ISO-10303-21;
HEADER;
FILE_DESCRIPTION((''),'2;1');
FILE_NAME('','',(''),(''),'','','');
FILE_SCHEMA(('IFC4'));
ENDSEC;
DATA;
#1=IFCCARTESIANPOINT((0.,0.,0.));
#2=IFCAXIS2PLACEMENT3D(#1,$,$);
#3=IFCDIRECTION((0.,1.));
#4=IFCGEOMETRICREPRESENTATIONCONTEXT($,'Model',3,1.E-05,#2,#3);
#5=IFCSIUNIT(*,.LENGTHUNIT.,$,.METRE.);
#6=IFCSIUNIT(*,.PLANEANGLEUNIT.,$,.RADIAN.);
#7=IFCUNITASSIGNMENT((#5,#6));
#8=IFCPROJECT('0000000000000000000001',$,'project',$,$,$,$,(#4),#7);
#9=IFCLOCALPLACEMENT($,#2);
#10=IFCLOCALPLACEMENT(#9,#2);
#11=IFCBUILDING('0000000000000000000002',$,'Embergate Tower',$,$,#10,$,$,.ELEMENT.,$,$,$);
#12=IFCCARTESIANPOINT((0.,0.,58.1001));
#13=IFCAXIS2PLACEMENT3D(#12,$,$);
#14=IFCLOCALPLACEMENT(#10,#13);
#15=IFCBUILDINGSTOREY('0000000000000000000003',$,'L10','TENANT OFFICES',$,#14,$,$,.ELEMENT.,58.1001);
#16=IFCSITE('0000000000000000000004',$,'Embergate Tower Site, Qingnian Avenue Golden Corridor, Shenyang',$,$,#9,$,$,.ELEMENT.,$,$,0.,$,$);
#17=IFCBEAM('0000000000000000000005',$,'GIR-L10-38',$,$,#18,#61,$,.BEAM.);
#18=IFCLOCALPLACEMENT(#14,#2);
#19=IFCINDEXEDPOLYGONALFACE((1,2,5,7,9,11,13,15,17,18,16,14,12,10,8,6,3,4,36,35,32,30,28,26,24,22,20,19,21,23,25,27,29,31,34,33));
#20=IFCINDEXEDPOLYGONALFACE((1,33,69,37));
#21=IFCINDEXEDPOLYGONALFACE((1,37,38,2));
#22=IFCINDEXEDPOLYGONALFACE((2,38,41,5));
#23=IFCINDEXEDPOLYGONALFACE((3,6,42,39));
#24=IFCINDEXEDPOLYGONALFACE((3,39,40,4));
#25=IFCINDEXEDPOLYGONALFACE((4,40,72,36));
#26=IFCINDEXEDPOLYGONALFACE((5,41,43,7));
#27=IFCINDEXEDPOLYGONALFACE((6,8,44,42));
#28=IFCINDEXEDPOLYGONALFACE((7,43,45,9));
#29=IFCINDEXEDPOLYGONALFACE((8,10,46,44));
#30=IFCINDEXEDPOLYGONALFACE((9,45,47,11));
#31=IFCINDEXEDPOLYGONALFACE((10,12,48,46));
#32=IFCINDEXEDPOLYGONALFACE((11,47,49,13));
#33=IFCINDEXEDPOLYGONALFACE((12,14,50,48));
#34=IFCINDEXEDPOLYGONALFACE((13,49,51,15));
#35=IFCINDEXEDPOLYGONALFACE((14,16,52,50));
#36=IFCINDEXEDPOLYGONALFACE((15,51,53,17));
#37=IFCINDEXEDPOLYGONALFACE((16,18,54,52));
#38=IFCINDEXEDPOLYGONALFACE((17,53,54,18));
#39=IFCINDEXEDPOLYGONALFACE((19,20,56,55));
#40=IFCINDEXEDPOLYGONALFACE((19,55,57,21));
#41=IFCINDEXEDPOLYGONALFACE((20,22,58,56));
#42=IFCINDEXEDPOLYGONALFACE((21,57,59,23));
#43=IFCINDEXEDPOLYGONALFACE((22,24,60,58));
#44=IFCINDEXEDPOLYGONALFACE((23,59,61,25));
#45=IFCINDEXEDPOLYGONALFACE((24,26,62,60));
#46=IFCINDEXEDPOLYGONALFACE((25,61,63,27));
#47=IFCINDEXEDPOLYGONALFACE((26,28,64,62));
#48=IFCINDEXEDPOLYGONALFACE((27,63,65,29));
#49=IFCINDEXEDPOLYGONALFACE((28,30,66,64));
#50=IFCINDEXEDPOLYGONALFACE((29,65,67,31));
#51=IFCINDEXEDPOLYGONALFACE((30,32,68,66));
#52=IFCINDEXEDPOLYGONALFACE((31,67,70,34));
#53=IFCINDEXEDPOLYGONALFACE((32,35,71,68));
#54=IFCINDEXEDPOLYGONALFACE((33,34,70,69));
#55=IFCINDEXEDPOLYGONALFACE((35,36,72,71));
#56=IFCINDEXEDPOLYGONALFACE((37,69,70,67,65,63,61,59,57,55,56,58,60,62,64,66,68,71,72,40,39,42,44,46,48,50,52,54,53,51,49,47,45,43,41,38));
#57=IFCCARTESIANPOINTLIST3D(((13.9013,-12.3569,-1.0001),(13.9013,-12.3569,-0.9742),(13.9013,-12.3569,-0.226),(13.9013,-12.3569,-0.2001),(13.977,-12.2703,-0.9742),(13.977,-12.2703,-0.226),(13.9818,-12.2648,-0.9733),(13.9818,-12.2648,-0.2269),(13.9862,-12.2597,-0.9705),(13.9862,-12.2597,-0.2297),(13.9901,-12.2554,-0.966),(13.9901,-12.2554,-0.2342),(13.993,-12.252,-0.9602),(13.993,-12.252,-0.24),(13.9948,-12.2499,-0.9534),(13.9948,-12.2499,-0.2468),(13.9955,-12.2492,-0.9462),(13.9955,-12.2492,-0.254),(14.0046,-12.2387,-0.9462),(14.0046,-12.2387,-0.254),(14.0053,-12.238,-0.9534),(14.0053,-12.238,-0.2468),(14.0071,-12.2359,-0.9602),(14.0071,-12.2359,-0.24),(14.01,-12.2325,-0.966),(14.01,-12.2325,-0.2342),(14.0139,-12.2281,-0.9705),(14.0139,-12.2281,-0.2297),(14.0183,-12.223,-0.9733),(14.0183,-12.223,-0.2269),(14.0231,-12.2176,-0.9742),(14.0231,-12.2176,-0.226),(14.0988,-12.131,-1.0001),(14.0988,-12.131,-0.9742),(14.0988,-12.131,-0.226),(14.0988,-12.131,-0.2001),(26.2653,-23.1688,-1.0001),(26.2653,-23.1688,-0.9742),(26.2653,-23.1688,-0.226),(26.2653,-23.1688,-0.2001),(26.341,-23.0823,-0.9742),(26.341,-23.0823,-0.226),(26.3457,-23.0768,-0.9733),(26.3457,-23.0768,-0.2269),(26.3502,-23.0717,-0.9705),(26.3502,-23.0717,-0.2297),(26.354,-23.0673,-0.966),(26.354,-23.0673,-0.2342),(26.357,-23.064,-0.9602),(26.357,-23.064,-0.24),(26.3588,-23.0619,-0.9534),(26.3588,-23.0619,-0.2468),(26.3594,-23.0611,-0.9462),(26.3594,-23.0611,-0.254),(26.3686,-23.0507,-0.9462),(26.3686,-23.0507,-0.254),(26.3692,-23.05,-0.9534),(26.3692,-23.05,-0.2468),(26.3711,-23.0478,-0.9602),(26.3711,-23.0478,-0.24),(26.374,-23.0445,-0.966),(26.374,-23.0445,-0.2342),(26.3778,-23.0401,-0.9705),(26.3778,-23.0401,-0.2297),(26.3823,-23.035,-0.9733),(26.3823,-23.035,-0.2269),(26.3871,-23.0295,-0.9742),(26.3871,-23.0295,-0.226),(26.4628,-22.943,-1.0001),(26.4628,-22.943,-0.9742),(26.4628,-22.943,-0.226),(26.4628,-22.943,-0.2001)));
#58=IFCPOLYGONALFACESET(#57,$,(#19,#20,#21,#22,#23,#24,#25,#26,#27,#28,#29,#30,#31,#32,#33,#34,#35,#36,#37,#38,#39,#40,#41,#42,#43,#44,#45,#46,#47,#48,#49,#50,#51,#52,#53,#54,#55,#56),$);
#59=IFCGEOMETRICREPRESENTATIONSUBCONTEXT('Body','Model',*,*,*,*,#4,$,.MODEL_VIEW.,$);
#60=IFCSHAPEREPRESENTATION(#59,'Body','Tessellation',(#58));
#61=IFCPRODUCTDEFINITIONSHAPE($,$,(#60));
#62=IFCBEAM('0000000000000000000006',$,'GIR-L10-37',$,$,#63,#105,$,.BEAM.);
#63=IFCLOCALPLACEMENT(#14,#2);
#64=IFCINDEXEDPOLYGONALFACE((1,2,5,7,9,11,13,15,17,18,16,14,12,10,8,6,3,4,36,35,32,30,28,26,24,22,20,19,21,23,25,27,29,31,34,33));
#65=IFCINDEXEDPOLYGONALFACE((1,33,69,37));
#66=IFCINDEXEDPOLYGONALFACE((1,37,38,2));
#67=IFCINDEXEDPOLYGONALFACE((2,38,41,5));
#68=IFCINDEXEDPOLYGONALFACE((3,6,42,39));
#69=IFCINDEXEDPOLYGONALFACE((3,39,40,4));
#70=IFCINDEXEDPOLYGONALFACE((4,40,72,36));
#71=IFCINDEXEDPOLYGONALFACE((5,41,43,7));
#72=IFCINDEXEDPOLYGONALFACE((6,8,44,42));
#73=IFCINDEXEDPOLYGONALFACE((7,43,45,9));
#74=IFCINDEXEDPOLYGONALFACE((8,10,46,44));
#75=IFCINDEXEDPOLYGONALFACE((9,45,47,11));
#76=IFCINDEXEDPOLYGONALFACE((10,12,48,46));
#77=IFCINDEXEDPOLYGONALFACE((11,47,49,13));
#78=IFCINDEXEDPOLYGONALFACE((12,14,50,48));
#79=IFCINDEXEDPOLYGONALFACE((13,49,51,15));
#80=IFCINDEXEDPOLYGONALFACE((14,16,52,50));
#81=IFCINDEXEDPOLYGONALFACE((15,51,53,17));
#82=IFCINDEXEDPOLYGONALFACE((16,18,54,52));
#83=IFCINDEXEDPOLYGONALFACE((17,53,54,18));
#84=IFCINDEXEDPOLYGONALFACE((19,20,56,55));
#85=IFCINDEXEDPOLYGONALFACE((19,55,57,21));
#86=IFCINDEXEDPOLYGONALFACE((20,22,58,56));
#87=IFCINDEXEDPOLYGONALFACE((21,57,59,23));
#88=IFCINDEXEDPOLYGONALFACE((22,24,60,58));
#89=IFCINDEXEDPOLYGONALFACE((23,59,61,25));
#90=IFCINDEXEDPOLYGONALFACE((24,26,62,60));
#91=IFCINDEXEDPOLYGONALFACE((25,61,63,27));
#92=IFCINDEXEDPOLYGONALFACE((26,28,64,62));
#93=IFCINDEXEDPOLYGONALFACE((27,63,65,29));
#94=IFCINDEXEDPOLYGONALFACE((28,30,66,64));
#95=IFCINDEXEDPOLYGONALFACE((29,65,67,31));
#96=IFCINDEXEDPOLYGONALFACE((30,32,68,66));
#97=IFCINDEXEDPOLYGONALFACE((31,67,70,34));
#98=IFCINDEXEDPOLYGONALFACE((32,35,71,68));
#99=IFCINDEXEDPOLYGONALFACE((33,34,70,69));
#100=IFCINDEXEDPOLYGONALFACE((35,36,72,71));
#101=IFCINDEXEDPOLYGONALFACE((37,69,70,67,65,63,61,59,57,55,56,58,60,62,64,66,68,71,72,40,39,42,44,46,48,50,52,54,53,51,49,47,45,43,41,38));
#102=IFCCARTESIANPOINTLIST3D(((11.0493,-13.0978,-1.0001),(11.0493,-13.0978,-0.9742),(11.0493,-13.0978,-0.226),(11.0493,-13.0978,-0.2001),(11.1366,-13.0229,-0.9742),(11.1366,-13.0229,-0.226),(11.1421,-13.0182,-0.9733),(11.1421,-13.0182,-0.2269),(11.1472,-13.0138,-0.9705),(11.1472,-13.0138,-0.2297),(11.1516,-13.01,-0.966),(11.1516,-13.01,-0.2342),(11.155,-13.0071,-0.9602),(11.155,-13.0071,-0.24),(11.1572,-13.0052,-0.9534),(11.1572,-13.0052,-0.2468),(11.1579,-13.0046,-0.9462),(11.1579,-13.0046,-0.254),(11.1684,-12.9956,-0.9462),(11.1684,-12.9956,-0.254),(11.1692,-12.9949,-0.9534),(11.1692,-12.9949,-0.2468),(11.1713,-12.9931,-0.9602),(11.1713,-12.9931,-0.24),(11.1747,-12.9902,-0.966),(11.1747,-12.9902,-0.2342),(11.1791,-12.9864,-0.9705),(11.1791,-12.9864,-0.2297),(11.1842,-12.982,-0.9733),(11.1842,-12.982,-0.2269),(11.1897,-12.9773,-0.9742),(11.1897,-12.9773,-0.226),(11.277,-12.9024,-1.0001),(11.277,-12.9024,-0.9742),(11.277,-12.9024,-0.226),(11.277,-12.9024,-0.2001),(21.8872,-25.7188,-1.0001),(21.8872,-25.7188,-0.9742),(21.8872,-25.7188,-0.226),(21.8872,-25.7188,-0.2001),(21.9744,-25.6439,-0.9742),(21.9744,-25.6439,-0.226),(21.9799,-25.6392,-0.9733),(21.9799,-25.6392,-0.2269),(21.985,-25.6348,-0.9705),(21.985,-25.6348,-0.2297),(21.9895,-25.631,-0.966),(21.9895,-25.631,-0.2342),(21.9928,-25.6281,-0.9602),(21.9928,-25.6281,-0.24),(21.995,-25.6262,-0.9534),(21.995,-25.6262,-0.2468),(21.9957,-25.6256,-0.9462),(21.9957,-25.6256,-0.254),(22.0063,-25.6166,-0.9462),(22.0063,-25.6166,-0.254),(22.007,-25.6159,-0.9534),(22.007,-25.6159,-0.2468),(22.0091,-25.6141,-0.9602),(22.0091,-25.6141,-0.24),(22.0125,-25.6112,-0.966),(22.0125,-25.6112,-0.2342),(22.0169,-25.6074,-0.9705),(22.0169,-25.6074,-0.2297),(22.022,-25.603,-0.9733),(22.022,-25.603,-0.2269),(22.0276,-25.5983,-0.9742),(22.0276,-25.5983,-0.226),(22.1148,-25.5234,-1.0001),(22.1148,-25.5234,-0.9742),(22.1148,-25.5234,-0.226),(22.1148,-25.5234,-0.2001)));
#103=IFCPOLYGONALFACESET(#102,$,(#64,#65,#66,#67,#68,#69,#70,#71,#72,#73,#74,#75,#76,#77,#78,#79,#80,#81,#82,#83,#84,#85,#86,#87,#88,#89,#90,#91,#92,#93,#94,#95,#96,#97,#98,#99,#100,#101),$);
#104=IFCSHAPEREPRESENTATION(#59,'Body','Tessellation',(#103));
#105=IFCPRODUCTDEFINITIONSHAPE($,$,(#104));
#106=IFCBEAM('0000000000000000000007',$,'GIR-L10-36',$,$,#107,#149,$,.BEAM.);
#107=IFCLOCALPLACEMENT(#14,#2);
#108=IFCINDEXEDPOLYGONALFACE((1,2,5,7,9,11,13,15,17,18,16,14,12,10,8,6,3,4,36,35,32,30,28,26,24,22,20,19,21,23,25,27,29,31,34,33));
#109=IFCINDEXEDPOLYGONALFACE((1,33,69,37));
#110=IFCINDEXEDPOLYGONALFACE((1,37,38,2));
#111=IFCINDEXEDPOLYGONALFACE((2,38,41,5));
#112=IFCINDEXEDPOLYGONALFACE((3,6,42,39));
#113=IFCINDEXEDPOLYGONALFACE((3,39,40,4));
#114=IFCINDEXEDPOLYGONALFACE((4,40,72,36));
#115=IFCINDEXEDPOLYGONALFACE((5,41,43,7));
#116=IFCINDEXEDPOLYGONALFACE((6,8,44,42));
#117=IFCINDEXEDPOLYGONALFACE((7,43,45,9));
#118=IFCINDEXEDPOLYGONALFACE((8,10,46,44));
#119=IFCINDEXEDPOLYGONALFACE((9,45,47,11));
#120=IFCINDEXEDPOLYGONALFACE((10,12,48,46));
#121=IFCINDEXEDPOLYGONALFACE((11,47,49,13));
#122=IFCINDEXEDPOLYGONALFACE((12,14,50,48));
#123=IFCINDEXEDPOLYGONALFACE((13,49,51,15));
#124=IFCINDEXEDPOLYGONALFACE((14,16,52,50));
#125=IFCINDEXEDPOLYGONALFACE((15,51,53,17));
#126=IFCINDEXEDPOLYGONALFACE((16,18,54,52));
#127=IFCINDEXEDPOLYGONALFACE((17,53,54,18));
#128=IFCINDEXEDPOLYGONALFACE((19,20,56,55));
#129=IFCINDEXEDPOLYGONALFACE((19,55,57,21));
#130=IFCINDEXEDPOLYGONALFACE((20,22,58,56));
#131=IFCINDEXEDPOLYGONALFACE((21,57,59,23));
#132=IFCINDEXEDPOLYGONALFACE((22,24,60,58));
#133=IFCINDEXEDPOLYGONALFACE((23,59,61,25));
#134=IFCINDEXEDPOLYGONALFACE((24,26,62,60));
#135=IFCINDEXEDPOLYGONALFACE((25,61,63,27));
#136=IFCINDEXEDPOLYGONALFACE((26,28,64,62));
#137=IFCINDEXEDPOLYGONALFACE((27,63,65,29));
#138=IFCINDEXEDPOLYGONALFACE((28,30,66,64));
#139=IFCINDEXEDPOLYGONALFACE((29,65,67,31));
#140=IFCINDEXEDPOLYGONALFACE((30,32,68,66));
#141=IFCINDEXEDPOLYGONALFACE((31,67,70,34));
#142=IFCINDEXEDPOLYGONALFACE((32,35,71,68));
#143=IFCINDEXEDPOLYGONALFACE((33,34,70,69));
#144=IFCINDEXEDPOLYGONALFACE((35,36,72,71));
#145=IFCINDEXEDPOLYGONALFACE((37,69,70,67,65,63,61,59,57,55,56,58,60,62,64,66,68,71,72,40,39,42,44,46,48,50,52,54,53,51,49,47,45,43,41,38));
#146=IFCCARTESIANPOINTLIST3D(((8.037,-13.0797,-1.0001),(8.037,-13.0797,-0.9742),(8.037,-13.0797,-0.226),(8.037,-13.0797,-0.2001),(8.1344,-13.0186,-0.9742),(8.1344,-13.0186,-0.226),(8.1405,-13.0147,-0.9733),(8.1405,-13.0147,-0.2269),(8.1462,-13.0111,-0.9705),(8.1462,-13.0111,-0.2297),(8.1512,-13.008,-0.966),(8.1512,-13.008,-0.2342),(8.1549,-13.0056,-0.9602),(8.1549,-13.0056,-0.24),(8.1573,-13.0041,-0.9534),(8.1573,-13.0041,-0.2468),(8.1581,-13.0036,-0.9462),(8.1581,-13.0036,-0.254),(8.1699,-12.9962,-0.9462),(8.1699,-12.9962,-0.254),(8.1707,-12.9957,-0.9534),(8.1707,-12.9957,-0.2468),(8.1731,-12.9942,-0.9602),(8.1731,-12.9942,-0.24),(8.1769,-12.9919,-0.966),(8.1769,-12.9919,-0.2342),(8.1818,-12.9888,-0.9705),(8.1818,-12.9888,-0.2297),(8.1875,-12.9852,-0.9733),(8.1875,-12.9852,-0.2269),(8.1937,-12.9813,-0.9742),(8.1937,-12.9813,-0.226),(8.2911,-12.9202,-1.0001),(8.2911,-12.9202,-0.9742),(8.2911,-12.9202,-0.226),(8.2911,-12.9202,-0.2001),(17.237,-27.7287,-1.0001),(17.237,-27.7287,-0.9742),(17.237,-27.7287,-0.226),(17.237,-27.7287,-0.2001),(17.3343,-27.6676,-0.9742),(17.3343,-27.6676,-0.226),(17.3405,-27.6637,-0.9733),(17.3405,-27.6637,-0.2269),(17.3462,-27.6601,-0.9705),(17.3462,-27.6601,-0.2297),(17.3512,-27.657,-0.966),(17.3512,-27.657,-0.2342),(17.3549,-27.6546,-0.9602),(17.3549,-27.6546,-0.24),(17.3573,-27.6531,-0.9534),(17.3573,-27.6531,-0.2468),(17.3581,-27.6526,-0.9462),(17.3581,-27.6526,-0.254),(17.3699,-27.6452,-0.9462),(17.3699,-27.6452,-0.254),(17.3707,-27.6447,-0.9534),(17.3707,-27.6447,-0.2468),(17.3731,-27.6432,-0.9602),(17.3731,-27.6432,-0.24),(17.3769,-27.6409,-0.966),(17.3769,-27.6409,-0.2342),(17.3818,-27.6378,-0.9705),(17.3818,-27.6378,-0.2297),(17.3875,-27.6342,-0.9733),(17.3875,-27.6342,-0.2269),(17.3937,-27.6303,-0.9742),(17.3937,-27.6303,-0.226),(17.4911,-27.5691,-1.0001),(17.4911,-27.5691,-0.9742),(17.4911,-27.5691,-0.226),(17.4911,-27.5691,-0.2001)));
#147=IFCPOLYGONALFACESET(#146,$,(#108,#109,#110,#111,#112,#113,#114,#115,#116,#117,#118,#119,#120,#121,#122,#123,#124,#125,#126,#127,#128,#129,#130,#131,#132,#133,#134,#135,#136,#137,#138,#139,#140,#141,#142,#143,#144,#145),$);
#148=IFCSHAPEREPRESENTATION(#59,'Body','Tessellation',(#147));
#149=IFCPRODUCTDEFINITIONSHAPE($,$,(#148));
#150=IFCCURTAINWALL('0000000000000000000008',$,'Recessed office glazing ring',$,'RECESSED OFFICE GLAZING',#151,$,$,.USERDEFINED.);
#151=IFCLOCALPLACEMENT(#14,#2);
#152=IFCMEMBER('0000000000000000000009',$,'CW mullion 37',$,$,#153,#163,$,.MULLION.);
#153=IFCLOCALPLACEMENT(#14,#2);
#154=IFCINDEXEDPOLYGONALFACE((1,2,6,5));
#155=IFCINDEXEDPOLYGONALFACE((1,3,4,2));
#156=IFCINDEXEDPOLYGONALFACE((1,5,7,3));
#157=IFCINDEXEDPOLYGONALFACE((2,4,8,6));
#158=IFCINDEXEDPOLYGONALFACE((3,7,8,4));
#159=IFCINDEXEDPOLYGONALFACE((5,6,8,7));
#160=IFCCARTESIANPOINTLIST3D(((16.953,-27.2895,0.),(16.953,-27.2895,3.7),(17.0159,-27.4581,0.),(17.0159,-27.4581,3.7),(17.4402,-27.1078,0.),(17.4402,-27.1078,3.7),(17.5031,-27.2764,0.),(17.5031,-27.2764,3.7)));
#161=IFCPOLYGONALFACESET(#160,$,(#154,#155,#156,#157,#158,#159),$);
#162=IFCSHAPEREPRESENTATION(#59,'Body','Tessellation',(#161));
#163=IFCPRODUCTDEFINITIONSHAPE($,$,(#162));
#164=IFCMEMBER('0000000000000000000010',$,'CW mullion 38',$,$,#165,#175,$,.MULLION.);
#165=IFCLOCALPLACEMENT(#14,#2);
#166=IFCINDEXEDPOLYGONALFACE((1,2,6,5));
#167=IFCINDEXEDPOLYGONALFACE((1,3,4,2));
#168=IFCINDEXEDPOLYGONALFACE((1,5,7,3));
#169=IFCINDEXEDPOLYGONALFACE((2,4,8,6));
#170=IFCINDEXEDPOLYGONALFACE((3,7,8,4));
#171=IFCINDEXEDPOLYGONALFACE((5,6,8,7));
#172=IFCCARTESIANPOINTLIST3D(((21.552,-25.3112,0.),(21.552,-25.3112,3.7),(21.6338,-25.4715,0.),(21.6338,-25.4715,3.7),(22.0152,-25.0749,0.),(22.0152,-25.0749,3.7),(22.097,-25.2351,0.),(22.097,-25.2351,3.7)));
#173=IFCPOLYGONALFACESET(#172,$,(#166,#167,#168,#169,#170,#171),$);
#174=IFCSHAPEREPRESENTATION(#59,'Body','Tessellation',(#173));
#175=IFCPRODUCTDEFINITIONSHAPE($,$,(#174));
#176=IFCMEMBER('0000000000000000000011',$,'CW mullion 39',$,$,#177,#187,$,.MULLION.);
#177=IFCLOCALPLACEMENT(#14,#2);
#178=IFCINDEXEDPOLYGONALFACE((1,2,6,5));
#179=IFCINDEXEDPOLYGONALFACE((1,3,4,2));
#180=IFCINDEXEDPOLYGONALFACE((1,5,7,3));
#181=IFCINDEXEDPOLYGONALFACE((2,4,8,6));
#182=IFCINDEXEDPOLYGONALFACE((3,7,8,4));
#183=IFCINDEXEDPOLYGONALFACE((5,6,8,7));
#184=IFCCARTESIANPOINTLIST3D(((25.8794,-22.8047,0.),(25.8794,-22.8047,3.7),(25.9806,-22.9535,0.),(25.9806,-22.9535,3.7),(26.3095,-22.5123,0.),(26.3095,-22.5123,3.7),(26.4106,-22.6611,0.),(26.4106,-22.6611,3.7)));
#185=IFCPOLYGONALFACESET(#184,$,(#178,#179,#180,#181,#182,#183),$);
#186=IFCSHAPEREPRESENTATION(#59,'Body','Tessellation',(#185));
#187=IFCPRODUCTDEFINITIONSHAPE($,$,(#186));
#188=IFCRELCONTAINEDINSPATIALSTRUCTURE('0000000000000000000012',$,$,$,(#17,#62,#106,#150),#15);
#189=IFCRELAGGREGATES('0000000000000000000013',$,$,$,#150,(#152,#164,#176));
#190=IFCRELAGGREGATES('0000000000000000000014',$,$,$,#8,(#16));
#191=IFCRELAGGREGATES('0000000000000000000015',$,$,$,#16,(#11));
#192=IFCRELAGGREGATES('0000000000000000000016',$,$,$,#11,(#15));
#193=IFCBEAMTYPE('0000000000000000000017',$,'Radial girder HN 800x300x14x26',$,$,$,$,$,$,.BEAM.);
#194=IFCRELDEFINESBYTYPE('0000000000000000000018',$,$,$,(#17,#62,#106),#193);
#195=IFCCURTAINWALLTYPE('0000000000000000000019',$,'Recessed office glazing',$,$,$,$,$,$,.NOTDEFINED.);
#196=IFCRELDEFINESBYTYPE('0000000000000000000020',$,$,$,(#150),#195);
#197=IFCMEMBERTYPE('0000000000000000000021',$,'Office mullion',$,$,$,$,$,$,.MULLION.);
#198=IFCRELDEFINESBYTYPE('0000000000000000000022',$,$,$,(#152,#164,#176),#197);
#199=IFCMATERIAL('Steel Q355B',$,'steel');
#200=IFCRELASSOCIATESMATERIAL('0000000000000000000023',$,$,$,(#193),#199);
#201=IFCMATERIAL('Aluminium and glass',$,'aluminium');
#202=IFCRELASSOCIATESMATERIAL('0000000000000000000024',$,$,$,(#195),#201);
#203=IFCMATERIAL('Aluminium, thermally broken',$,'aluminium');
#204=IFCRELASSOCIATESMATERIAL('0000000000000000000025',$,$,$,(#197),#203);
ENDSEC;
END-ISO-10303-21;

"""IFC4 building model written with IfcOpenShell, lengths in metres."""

from ifc_helpers import new_model, si_unit, direction, frame, origin, origin_2d, place, context, subcontext, project, spatial, rectangle, i_section, extrude, source, transform, mapped, material, material_profile, profile_set, type_object, element, aggregate, save


model = new_model("IFC4")

# Units and contexts
model_context = context("Model", 3, precision=1e-05, world=origin(), true_north=direction((0.0, 1.0)))
body_context = subcontext(model_context, "Body", "Model", "MODEL_VIEW")
ifc_project = project(units=[si_unit("LENGTHUNIT", "METRE"), si_unit("PLANEANGLEUNIT", "RADIAN")], contexts=[model_context])

# Site, building, storey
site_placement = place(None, origin())
site = spatial("IfcSite", under=ifc_project, at=site_placement, Name="Embergate Tower Site, Qingnian Avenue Golden Corridor, Shenyang", CompositionType="ELEMENT", RefElevation=0.0)
building_placement = place(site_placement, origin())
building = spatial("IfcBuilding", under=site, at=building_placement, Name="Embergate Tower", CompositionType="ELEMENT")
storey_placement = place(building_placement, frame((0.0, 0.0, 58.1001)))
storey = spatial("IfcBuildingStorey", under=building, at=storey_placement, Name="L10", Description="TENANT OFFICES", CompositionType="ELEMENT", Elevation=58.1001)

# Beams
ifc_material_1 = material(Name="Steel Q355B", Category="steel")
ifc_material_profile_1 = material_profile(ifc_material_1, i_section(OverallWidth=0.3, OverallDepth=0.8, WebThickness=0.0139, FlangeThickness=0.0259, FilletRadius=0.0281, at=origin_2d()), Name="HN 800x300x14x26")
ifc_profile_set_1 = profile_set([ifc_material_profile_1], Name="Steel Q355 grade B")
beam_type_1 = type_object("IfcBeamType", Name="Radial girder HN 800x300x14x26", PredefinedType="BEAM", material=ifc_profile_set_1)
shared_shape_1 = source(origin(), body_context, "Body", "SweptSolid", [
    extrude(i_section(OverallWidth=0.3, OverallDepth=0.8, WebThickness=0.0139, FlangeThickness=0.0259, FilletRadius=0.0281, at=origin_2d()), origin(), (0.0, 0.0, 1.0), 16.4246),
])
beam_1_placement = place(storey_placement, frame((26.364, -23.0559, -0.6001), z_axis=(-0.752773, 0.65828, 0.0), x_axis=(-0.65828, -0.752773, 0.0)))
element("IfcBeam", 1, at=beam_1_placement, inside=storey, type_object=beam_type_1, Name="GIR-L10-38", PredefinedType="BEAM", context=body_context, shape_type="MappedRepresentation", body=[
    mapped(shared_shape_1, transform((0.0, 0.0, 0.0))),
])
shared_shape_2 = source(origin(), body_context, "Body", "SweptSolid", [
    extrude(i_section(OverallWidth=0.3, OverallDepth=0.8, WebThickness=0.0139, FlangeThickness=0.0259, FilletRadius=0.0281, at=origin_2d()), origin(), (0.0, 0.0, 1.0), 16.6357),
])
beam_2_placement = place(storey_placement, frame((22.001, -25.6211, -0.6001), z_axis=(-0.651478, 0.758668, 0.0), x_axis=(-0.758668, -0.651478, 0.0)))
element("IfcBeam", 2, at=beam_2_placement, inside=storey, type_object=beam_type_1, Name="GIR-L10-37", PredefinedType="BEAM", context=body_context, shape_type="MappedRepresentation", body=[
    mapped(shared_shape_2, transform((0.0, 0.0, 0.0))),
])
shared_shape_3 = source(origin(), body_context, "Body", "SweptSolid", [
    extrude(i_section(OverallWidth=0.3, OverallDepth=0.8, WebThickness=0.0139, FlangeThickness=0.0259, FilletRadius=0.0281, at=origin_2d()), origin(), (0.0, 0.0, 1.0), 17.2983),
])
beam_3_placement = place(storey_placement, frame((17.364, -27.6489, -0.6001), z_axis=(-0.531842, 0.846843, 0.0), x_axis=(-0.846843, -0.531842, 0.0)))
element("IfcBeam", 3, at=beam_3_placement, inside=storey, type_object=beam_type_1, Name="GIR-L10-36", PredefinedType="BEAM", context=body_context, shape_type="MappedRepresentation", body=[
    mapped(shared_shape_3, transform((0.0, 0.0, 0.0))),
])

# Curtain wall, members
ifc_material_2 = material(Name="Aluminium and glass", Category="aluminium")
curtain_wall_type = type_object("IfcCurtainWallType", Name="Recessed office glazing", PredefinedType="NOTDEFINED", material=ifc_material_2)
curtain_wall_placement = place(storey_placement, origin())
curtain_wall = element("IfcCurtainWall", 4, at=curtain_wall_placement, inside=storey, type_object=curtain_wall_type, Name="Recessed office glazing ring", ObjectType="RECESSED OFFICE GLAZING", PredefinedType="USERDEFINED")
ifc_material_3 = material(Name="Aluminium, thermally broken", Category="aluminium")
ifc_material_profile_2 = material_profile(ifc_material_3, rectangle(XDim=0.1799, YDim=0.52, at=origin_2d()), Name="AL 520x180")
ifc_profile_set_2 = profile_set([ifc_material_profile_2], Name="Aluminium, thermally broken")
member_type_1 = type_object("IfcMemberType", Name="Office mullion", PredefinedType="MULLION", material=ifc_profile_set_2)
shared_shape_4 = source(origin(), body_context, "Body", "SweptSolid", [
    extrude(rectangle(XDim=0.1799, YDim=0.52, at=origin_2d()), origin(), (0.0, 0.0, 1.0), 3.7),
])
member_1_placement = place(storey_placement, frame((17.228, -27.283, 0.0), z_axis=(0.0, 0.0, 1.0), x_axis=(-0.349511, 0.936932, 0.0)))
member_1 = element("IfcMember", 5, at=member_1_placement, type_object=member_type_1, Name="CW mullion 37", PredefinedType="MULLION", context=body_context, shape_type="MappedRepresentation", body=[
    mapped(shared_shape_4, transform((0.0, 0.0, 0.0))),
])
member_2_placement = place(storey_placement, frame((21.8245, -25.2732, 0.0), z_axis=(0.0, 0.0, 1.0), x_axis=(-0.454521, 0.890736, 0.0)))
member_2 = element("IfcMember", 6, at=member_2_placement, type_object=member_type_1, Name="CW mullion 38", PredefinedType="MULLION", context=body_context, shape_type="MappedRepresentation", body=[
    mapped(shared_shape_4, transform((0.0, 0.0, 0.0))),
])
member_3_placement = place(storey_placement, frame((26.145, -22.7329, 0.0), z_axis=(0.0, 0.0, 1.0), x_axis=(-0.562229, 0.826981, 0.0)))
member_3 = element("IfcMember", 7, at=member_3_placement, type_object=member_type_1, Name="CW mullion 39", PredefinedType="MULLION", context=body_context, shape_type="MappedRepresentation", body=[
    mapped(shared_shape_4, transform((0.0, 0.0, 0.0))),
])
aggregate(curtain_wall, [member_1, member_2, member_3])

save(model, "model.ifc")
